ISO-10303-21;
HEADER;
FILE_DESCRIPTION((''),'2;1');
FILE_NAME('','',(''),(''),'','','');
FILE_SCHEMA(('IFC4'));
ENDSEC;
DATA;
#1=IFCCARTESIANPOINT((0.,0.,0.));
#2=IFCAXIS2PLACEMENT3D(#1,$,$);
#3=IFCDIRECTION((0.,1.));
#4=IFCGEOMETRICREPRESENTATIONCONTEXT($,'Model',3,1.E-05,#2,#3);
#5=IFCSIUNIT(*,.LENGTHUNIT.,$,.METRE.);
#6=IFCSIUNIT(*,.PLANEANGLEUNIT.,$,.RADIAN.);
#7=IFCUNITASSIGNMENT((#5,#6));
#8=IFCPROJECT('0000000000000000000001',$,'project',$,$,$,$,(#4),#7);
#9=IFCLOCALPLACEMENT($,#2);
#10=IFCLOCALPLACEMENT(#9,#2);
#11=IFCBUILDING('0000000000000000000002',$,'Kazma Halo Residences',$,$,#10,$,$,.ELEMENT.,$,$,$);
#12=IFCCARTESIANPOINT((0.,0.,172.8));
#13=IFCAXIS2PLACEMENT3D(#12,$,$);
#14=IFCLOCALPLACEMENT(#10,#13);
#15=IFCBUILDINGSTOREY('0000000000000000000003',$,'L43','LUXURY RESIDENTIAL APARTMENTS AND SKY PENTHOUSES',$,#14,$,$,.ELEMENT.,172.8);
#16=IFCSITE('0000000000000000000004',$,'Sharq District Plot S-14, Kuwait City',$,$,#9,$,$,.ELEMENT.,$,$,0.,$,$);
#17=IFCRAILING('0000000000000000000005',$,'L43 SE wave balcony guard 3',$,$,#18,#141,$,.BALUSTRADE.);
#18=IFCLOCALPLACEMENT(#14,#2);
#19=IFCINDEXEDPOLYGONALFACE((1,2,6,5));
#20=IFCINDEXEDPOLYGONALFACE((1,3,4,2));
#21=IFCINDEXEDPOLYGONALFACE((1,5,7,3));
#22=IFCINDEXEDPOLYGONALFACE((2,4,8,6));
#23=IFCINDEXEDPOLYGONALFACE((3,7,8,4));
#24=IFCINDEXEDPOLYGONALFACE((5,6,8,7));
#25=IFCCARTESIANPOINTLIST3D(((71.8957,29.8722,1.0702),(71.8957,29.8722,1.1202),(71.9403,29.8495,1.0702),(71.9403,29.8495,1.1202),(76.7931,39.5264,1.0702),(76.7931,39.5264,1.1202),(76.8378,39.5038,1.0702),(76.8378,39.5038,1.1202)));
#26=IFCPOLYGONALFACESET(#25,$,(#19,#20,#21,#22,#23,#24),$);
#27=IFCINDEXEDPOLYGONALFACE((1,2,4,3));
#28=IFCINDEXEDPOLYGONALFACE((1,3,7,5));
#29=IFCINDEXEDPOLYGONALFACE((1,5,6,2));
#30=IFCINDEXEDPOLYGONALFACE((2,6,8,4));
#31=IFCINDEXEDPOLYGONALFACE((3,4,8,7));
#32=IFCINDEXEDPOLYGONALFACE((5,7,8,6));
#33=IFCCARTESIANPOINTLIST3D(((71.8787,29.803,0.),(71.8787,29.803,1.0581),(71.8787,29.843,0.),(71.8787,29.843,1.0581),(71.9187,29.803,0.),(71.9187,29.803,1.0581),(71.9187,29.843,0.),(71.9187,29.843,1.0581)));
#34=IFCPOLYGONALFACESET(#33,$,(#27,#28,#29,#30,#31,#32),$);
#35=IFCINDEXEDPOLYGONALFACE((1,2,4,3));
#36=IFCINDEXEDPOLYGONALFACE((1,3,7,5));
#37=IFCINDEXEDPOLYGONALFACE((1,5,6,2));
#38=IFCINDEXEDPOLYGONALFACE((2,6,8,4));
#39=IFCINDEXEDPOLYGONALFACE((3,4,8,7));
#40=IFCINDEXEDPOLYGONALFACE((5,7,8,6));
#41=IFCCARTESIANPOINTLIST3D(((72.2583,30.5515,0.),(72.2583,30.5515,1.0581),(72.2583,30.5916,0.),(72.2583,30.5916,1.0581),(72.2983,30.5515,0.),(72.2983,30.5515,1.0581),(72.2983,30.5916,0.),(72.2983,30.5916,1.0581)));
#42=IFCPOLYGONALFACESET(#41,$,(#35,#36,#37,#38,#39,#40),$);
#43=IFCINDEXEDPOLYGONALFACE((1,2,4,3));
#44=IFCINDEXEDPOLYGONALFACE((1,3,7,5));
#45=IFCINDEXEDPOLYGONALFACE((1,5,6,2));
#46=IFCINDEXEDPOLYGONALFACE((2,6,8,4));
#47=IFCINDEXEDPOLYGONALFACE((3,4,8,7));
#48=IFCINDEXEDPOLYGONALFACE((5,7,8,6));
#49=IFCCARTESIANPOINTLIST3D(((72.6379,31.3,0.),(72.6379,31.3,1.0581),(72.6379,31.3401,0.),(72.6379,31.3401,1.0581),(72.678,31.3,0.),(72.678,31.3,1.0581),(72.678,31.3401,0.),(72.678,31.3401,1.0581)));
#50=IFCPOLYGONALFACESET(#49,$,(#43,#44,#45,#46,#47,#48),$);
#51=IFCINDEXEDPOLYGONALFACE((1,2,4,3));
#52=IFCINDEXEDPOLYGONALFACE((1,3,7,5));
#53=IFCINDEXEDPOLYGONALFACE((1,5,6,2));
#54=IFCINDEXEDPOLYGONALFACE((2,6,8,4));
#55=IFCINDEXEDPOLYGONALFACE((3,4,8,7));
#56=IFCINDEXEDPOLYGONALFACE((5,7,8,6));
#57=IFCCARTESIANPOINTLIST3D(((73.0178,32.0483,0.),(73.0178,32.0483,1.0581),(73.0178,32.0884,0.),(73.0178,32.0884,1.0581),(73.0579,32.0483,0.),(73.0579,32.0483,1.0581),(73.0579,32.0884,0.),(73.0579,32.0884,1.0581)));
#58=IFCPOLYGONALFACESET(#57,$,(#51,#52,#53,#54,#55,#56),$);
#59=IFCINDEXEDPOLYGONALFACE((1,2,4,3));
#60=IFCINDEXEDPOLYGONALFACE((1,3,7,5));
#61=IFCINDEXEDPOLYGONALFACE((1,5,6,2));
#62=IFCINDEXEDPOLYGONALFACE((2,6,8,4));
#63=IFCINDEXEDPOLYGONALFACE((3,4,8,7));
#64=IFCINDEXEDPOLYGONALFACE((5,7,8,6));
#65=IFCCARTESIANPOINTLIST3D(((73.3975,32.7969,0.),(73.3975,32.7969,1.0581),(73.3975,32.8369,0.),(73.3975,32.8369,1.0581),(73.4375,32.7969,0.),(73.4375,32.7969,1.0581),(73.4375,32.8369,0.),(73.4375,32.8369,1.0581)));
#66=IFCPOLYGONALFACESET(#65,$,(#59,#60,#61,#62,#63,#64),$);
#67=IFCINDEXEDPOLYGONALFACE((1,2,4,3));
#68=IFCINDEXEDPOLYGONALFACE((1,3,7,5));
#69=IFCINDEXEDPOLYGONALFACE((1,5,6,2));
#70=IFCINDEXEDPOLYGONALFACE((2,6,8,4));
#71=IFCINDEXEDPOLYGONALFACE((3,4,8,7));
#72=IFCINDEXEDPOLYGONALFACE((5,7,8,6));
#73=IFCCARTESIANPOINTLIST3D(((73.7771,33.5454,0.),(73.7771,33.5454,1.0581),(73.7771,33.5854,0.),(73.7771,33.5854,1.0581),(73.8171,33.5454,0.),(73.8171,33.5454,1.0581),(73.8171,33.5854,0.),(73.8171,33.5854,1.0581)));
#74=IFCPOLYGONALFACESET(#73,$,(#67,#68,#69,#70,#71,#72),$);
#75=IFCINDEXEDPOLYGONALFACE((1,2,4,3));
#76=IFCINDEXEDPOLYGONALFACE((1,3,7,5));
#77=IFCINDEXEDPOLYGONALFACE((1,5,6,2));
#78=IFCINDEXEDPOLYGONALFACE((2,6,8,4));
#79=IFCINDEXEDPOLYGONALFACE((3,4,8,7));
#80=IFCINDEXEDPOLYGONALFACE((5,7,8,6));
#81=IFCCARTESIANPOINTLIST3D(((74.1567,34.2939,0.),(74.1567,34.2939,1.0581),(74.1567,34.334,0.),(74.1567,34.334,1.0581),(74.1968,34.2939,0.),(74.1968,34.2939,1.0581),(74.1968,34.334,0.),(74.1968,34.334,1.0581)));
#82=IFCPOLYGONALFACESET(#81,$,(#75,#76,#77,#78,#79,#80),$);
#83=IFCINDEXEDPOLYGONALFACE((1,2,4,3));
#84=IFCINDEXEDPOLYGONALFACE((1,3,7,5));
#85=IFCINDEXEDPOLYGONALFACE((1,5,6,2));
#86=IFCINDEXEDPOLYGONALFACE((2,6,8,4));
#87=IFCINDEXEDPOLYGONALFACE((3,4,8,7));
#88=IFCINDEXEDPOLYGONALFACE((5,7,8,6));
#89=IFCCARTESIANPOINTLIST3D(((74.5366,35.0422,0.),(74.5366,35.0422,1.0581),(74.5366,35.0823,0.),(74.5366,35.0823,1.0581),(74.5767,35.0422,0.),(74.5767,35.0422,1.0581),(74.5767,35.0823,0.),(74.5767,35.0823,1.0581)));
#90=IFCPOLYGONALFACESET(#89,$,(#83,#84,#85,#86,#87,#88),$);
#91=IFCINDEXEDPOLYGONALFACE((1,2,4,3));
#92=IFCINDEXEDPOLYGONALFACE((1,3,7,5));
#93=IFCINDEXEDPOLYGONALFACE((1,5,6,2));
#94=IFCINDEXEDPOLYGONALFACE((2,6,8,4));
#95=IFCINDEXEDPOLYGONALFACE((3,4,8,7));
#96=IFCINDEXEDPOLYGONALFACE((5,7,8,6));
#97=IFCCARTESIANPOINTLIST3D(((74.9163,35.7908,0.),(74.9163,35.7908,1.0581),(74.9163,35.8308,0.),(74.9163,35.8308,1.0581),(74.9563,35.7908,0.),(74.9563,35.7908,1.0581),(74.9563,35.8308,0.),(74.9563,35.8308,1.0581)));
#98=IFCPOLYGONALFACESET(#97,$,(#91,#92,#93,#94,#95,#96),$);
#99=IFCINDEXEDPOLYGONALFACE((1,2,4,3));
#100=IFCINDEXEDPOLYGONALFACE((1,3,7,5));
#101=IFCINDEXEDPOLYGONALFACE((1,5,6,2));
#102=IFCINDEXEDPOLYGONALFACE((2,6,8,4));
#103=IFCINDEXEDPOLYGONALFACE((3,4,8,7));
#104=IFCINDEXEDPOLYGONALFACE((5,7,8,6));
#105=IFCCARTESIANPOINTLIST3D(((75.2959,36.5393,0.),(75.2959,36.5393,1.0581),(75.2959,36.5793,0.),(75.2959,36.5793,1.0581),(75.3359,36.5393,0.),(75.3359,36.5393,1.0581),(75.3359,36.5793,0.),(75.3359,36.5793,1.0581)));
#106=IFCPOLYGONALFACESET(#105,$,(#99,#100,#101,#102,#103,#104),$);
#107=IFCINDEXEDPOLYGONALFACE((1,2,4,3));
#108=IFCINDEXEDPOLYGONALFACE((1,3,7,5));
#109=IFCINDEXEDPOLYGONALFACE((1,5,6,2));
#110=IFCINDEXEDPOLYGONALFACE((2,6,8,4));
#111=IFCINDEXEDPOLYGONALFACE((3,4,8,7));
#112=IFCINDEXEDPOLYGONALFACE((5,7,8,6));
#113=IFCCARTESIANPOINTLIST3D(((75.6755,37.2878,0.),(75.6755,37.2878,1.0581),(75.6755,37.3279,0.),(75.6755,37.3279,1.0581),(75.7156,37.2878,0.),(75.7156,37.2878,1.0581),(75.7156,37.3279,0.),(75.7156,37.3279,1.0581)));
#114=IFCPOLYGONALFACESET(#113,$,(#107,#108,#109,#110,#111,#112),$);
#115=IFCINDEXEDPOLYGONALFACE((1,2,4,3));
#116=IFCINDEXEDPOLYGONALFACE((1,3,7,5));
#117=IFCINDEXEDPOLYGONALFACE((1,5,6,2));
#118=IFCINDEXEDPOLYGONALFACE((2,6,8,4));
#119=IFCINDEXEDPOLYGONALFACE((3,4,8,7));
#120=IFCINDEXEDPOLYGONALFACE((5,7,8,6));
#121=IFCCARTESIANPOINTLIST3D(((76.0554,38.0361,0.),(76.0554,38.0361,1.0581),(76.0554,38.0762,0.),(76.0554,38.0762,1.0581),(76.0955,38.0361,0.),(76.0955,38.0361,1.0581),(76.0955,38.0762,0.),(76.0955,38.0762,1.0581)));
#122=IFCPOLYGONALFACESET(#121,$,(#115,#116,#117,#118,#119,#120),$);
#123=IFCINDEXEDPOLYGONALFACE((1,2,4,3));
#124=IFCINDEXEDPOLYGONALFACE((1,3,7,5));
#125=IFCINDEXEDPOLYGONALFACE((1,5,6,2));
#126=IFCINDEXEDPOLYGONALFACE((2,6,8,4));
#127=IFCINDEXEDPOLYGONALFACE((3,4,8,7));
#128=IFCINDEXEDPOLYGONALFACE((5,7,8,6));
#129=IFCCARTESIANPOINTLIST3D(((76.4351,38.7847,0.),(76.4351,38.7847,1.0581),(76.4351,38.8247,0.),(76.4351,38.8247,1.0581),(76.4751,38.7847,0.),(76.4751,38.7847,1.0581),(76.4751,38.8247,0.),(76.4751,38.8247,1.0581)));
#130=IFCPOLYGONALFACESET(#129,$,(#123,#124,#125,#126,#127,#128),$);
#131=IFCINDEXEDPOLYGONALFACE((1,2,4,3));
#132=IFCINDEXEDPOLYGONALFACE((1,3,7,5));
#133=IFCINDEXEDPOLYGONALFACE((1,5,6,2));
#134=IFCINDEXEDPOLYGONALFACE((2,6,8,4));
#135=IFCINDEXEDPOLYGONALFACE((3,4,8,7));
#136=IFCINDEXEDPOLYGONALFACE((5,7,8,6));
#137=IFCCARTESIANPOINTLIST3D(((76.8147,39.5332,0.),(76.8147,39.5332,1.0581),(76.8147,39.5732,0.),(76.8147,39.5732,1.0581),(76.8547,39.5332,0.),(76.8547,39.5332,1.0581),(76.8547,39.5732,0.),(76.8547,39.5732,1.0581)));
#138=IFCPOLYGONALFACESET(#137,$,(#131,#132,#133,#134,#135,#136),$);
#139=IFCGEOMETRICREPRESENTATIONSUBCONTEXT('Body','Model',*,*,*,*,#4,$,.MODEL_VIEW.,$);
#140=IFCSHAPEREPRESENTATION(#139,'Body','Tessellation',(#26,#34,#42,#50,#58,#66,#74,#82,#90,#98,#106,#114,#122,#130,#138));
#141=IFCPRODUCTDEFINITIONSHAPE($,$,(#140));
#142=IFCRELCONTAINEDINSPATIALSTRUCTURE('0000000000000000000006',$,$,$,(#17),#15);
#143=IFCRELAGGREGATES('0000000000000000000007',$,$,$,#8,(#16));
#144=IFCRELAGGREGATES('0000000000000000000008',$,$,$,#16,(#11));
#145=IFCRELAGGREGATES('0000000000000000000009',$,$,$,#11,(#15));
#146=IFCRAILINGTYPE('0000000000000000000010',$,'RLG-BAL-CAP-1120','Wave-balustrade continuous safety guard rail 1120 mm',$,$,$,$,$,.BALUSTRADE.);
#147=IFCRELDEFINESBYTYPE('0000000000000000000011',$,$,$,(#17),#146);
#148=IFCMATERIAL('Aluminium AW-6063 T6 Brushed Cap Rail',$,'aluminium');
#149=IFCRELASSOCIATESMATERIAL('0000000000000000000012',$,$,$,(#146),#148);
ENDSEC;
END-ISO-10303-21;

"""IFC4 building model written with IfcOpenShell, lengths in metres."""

from ifc_helpers import new_model, si_unit, direction, frame, origin, origin_2d, place, context, subcontext, project, spatial, rectangle, extrude, material, type_object, element, save


model = new_model("IFC4")

# Units and contexts
model_context = context("Model", 3, precision=1e-05, world=origin(), true_north=direction((0.0, 1.0)))
body_context = subcontext(model_context, "Body", "Model", "MODEL_VIEW")
ifc_project = project(units=[si_unit("LENGTHUNIT", "METRE"), si_unit("PLANEANGLEUNIT", "RADIAN")], contexts=[model_context])

# Site, building, storey
site_placement = place(None, origin())
site = spatial("IfcSite", under=ifc_project, at=site_placement, Name="Sharq District Plot S-14, Kuwait City", CompositionType="ELEMENT", RefElevation=0.0)
building_placement = place(site_placement, origin())
building = spatial("IfcBuilding", under=site, at=building_placement, Name="Kazma Halo Residences", CompositionType="ELEMENT")
storey_placement = place(building_placement, frame((0.0, 0.0, 172.8)))
storey = spatial("IfcBuildingStorey", under=building, at=storey_placement, Name="L43", Description="LUXURY RESIDENTIAL APARTMENTS AND SKY PENTHOUSES", CompositionType="ELEMENT", Elevation=172.8)

# Railing
ifc_material_1 = material(Name="Aluminium AW-6063 T6 Brushed Cap Rail", Category="aluminium")
railing_type = type_object("IfcRailingType", Name="RLG-BAL-CAP-1120", Description="Wave-balustrade continuous safety guard rail 1120 mm", PredefinedType="BALUSTRADE", material=ifc_material_1)
railing_1_placement = place(storey_placement, frame((71.8987, 29.823, 0.0)))
element("IfcRailing", 1, at=railing_1_placement, inside=storey, type_object=railing_type, Name="L43 SE wave balcony guard 3", PredefinedType="BALUSTRADE", context=body_context, shape_type="SweptSolid", body=[
    extrude(rectangle(XDim=0.05, YDim=0.05, at=origin_2d()), frame((0.0193, 0.0378, 1.0952), z_axis=(0.452406, 0.891812, 0.0), x_axis=(-0.891812, 0.452406, 0.0)), (0.0, 0.0, 1.0), 10.8254),
    extrude(rectangle(XDim=0.04, YDim=0.04, at=origin_2d()), origin(), (0.0, 0.0, 1.0), 1.0581),
    extrude(rectangle(XDim=0.04, YDim=0.04, at=origin_2d()), frame((0.3796, 0.7485, 0.0)), (0.0, 0.0, 1.0), 1.0581),
    extrude(rectangle(XDim=0.04, YDim=0.04, at=origin_2d()), frame((0.7593, 1.4971, 0.0)), (0.0, 0.0, 1.0), 1.0581),
    extrude(rectangle(XDim=0.04, YDim=0.04, at=origin_2d()), frame((1.1392, 2.2454, 0.0)), (0.0, 0.0, 1.0), 1.0581),
    extrude(rectangle(XDim=0.04, YDim=0.04, at=origin_2d()), frame((1.5188, 2.9939, 0.0)), (0.0, 0.0, 1.0), 1.0581),
    extrude(rectangle(XDim=0.04, YDim=0.04, at=origin_2d()), frame((1.8984, 3.7424, 0.0)), (0.0, 0.0, 1.0), 1.0581),
    extrude(rectangle(XDim=0.04, YDim=0.04, at=origin_2d()), frame((2.2781, 4.491, 0.0)), (0.0, 0.0, 1.0), 1.0581),
    extrude(rectangle(XDim=0.04, YDim=0.04, at=origin_2d()), frame((2.658, 5.2393, 0.0)), (0.0, 0.0, 1.0), 1.0581),
    extrude(rectangle(XDim=0.04, YDim=0.04, at=origin_2d()), frame((3.0376, 5.9878, 0.0)), (0.0, 0.0, 1.0), 1.0581),
    extrude(rectangle(XDim=0.04, YDim=0.04, at=origin_2d()), frame((3.4172, 6.7363, 0.0)), (0.0, 0.0, 1.0), 1.0581),
    extrude(rectangle(XDim=0.04, YDim=0.04, at=origin_2d()), frame((3.7969, 7.4849, 0.0)), (0.0, 0.0, 1.0), 1.0581),
    extrude(rectangle(XDim=0.04, YDim=0.04, at=origin_2d()), frame((4.1768, 8.2332, 0.0)), (0.0, 0.0, 1.0), 1.0581),
    extrude(rectangle(XDim=0.04, YDim=0.04, at=origin_2d()), frame((4.5564, 8.9817, 0.0)), (0.0, 0.0, 1.0), 1.0581),
    extrude(rectangle(XDim=0.04, YDim=0.04, at=origin_2d()), frame((4.936, 9.7302, 0.0)), (0.0, 0.0, 1.0), 1.0581),
])

save(model, "model.ifc")
